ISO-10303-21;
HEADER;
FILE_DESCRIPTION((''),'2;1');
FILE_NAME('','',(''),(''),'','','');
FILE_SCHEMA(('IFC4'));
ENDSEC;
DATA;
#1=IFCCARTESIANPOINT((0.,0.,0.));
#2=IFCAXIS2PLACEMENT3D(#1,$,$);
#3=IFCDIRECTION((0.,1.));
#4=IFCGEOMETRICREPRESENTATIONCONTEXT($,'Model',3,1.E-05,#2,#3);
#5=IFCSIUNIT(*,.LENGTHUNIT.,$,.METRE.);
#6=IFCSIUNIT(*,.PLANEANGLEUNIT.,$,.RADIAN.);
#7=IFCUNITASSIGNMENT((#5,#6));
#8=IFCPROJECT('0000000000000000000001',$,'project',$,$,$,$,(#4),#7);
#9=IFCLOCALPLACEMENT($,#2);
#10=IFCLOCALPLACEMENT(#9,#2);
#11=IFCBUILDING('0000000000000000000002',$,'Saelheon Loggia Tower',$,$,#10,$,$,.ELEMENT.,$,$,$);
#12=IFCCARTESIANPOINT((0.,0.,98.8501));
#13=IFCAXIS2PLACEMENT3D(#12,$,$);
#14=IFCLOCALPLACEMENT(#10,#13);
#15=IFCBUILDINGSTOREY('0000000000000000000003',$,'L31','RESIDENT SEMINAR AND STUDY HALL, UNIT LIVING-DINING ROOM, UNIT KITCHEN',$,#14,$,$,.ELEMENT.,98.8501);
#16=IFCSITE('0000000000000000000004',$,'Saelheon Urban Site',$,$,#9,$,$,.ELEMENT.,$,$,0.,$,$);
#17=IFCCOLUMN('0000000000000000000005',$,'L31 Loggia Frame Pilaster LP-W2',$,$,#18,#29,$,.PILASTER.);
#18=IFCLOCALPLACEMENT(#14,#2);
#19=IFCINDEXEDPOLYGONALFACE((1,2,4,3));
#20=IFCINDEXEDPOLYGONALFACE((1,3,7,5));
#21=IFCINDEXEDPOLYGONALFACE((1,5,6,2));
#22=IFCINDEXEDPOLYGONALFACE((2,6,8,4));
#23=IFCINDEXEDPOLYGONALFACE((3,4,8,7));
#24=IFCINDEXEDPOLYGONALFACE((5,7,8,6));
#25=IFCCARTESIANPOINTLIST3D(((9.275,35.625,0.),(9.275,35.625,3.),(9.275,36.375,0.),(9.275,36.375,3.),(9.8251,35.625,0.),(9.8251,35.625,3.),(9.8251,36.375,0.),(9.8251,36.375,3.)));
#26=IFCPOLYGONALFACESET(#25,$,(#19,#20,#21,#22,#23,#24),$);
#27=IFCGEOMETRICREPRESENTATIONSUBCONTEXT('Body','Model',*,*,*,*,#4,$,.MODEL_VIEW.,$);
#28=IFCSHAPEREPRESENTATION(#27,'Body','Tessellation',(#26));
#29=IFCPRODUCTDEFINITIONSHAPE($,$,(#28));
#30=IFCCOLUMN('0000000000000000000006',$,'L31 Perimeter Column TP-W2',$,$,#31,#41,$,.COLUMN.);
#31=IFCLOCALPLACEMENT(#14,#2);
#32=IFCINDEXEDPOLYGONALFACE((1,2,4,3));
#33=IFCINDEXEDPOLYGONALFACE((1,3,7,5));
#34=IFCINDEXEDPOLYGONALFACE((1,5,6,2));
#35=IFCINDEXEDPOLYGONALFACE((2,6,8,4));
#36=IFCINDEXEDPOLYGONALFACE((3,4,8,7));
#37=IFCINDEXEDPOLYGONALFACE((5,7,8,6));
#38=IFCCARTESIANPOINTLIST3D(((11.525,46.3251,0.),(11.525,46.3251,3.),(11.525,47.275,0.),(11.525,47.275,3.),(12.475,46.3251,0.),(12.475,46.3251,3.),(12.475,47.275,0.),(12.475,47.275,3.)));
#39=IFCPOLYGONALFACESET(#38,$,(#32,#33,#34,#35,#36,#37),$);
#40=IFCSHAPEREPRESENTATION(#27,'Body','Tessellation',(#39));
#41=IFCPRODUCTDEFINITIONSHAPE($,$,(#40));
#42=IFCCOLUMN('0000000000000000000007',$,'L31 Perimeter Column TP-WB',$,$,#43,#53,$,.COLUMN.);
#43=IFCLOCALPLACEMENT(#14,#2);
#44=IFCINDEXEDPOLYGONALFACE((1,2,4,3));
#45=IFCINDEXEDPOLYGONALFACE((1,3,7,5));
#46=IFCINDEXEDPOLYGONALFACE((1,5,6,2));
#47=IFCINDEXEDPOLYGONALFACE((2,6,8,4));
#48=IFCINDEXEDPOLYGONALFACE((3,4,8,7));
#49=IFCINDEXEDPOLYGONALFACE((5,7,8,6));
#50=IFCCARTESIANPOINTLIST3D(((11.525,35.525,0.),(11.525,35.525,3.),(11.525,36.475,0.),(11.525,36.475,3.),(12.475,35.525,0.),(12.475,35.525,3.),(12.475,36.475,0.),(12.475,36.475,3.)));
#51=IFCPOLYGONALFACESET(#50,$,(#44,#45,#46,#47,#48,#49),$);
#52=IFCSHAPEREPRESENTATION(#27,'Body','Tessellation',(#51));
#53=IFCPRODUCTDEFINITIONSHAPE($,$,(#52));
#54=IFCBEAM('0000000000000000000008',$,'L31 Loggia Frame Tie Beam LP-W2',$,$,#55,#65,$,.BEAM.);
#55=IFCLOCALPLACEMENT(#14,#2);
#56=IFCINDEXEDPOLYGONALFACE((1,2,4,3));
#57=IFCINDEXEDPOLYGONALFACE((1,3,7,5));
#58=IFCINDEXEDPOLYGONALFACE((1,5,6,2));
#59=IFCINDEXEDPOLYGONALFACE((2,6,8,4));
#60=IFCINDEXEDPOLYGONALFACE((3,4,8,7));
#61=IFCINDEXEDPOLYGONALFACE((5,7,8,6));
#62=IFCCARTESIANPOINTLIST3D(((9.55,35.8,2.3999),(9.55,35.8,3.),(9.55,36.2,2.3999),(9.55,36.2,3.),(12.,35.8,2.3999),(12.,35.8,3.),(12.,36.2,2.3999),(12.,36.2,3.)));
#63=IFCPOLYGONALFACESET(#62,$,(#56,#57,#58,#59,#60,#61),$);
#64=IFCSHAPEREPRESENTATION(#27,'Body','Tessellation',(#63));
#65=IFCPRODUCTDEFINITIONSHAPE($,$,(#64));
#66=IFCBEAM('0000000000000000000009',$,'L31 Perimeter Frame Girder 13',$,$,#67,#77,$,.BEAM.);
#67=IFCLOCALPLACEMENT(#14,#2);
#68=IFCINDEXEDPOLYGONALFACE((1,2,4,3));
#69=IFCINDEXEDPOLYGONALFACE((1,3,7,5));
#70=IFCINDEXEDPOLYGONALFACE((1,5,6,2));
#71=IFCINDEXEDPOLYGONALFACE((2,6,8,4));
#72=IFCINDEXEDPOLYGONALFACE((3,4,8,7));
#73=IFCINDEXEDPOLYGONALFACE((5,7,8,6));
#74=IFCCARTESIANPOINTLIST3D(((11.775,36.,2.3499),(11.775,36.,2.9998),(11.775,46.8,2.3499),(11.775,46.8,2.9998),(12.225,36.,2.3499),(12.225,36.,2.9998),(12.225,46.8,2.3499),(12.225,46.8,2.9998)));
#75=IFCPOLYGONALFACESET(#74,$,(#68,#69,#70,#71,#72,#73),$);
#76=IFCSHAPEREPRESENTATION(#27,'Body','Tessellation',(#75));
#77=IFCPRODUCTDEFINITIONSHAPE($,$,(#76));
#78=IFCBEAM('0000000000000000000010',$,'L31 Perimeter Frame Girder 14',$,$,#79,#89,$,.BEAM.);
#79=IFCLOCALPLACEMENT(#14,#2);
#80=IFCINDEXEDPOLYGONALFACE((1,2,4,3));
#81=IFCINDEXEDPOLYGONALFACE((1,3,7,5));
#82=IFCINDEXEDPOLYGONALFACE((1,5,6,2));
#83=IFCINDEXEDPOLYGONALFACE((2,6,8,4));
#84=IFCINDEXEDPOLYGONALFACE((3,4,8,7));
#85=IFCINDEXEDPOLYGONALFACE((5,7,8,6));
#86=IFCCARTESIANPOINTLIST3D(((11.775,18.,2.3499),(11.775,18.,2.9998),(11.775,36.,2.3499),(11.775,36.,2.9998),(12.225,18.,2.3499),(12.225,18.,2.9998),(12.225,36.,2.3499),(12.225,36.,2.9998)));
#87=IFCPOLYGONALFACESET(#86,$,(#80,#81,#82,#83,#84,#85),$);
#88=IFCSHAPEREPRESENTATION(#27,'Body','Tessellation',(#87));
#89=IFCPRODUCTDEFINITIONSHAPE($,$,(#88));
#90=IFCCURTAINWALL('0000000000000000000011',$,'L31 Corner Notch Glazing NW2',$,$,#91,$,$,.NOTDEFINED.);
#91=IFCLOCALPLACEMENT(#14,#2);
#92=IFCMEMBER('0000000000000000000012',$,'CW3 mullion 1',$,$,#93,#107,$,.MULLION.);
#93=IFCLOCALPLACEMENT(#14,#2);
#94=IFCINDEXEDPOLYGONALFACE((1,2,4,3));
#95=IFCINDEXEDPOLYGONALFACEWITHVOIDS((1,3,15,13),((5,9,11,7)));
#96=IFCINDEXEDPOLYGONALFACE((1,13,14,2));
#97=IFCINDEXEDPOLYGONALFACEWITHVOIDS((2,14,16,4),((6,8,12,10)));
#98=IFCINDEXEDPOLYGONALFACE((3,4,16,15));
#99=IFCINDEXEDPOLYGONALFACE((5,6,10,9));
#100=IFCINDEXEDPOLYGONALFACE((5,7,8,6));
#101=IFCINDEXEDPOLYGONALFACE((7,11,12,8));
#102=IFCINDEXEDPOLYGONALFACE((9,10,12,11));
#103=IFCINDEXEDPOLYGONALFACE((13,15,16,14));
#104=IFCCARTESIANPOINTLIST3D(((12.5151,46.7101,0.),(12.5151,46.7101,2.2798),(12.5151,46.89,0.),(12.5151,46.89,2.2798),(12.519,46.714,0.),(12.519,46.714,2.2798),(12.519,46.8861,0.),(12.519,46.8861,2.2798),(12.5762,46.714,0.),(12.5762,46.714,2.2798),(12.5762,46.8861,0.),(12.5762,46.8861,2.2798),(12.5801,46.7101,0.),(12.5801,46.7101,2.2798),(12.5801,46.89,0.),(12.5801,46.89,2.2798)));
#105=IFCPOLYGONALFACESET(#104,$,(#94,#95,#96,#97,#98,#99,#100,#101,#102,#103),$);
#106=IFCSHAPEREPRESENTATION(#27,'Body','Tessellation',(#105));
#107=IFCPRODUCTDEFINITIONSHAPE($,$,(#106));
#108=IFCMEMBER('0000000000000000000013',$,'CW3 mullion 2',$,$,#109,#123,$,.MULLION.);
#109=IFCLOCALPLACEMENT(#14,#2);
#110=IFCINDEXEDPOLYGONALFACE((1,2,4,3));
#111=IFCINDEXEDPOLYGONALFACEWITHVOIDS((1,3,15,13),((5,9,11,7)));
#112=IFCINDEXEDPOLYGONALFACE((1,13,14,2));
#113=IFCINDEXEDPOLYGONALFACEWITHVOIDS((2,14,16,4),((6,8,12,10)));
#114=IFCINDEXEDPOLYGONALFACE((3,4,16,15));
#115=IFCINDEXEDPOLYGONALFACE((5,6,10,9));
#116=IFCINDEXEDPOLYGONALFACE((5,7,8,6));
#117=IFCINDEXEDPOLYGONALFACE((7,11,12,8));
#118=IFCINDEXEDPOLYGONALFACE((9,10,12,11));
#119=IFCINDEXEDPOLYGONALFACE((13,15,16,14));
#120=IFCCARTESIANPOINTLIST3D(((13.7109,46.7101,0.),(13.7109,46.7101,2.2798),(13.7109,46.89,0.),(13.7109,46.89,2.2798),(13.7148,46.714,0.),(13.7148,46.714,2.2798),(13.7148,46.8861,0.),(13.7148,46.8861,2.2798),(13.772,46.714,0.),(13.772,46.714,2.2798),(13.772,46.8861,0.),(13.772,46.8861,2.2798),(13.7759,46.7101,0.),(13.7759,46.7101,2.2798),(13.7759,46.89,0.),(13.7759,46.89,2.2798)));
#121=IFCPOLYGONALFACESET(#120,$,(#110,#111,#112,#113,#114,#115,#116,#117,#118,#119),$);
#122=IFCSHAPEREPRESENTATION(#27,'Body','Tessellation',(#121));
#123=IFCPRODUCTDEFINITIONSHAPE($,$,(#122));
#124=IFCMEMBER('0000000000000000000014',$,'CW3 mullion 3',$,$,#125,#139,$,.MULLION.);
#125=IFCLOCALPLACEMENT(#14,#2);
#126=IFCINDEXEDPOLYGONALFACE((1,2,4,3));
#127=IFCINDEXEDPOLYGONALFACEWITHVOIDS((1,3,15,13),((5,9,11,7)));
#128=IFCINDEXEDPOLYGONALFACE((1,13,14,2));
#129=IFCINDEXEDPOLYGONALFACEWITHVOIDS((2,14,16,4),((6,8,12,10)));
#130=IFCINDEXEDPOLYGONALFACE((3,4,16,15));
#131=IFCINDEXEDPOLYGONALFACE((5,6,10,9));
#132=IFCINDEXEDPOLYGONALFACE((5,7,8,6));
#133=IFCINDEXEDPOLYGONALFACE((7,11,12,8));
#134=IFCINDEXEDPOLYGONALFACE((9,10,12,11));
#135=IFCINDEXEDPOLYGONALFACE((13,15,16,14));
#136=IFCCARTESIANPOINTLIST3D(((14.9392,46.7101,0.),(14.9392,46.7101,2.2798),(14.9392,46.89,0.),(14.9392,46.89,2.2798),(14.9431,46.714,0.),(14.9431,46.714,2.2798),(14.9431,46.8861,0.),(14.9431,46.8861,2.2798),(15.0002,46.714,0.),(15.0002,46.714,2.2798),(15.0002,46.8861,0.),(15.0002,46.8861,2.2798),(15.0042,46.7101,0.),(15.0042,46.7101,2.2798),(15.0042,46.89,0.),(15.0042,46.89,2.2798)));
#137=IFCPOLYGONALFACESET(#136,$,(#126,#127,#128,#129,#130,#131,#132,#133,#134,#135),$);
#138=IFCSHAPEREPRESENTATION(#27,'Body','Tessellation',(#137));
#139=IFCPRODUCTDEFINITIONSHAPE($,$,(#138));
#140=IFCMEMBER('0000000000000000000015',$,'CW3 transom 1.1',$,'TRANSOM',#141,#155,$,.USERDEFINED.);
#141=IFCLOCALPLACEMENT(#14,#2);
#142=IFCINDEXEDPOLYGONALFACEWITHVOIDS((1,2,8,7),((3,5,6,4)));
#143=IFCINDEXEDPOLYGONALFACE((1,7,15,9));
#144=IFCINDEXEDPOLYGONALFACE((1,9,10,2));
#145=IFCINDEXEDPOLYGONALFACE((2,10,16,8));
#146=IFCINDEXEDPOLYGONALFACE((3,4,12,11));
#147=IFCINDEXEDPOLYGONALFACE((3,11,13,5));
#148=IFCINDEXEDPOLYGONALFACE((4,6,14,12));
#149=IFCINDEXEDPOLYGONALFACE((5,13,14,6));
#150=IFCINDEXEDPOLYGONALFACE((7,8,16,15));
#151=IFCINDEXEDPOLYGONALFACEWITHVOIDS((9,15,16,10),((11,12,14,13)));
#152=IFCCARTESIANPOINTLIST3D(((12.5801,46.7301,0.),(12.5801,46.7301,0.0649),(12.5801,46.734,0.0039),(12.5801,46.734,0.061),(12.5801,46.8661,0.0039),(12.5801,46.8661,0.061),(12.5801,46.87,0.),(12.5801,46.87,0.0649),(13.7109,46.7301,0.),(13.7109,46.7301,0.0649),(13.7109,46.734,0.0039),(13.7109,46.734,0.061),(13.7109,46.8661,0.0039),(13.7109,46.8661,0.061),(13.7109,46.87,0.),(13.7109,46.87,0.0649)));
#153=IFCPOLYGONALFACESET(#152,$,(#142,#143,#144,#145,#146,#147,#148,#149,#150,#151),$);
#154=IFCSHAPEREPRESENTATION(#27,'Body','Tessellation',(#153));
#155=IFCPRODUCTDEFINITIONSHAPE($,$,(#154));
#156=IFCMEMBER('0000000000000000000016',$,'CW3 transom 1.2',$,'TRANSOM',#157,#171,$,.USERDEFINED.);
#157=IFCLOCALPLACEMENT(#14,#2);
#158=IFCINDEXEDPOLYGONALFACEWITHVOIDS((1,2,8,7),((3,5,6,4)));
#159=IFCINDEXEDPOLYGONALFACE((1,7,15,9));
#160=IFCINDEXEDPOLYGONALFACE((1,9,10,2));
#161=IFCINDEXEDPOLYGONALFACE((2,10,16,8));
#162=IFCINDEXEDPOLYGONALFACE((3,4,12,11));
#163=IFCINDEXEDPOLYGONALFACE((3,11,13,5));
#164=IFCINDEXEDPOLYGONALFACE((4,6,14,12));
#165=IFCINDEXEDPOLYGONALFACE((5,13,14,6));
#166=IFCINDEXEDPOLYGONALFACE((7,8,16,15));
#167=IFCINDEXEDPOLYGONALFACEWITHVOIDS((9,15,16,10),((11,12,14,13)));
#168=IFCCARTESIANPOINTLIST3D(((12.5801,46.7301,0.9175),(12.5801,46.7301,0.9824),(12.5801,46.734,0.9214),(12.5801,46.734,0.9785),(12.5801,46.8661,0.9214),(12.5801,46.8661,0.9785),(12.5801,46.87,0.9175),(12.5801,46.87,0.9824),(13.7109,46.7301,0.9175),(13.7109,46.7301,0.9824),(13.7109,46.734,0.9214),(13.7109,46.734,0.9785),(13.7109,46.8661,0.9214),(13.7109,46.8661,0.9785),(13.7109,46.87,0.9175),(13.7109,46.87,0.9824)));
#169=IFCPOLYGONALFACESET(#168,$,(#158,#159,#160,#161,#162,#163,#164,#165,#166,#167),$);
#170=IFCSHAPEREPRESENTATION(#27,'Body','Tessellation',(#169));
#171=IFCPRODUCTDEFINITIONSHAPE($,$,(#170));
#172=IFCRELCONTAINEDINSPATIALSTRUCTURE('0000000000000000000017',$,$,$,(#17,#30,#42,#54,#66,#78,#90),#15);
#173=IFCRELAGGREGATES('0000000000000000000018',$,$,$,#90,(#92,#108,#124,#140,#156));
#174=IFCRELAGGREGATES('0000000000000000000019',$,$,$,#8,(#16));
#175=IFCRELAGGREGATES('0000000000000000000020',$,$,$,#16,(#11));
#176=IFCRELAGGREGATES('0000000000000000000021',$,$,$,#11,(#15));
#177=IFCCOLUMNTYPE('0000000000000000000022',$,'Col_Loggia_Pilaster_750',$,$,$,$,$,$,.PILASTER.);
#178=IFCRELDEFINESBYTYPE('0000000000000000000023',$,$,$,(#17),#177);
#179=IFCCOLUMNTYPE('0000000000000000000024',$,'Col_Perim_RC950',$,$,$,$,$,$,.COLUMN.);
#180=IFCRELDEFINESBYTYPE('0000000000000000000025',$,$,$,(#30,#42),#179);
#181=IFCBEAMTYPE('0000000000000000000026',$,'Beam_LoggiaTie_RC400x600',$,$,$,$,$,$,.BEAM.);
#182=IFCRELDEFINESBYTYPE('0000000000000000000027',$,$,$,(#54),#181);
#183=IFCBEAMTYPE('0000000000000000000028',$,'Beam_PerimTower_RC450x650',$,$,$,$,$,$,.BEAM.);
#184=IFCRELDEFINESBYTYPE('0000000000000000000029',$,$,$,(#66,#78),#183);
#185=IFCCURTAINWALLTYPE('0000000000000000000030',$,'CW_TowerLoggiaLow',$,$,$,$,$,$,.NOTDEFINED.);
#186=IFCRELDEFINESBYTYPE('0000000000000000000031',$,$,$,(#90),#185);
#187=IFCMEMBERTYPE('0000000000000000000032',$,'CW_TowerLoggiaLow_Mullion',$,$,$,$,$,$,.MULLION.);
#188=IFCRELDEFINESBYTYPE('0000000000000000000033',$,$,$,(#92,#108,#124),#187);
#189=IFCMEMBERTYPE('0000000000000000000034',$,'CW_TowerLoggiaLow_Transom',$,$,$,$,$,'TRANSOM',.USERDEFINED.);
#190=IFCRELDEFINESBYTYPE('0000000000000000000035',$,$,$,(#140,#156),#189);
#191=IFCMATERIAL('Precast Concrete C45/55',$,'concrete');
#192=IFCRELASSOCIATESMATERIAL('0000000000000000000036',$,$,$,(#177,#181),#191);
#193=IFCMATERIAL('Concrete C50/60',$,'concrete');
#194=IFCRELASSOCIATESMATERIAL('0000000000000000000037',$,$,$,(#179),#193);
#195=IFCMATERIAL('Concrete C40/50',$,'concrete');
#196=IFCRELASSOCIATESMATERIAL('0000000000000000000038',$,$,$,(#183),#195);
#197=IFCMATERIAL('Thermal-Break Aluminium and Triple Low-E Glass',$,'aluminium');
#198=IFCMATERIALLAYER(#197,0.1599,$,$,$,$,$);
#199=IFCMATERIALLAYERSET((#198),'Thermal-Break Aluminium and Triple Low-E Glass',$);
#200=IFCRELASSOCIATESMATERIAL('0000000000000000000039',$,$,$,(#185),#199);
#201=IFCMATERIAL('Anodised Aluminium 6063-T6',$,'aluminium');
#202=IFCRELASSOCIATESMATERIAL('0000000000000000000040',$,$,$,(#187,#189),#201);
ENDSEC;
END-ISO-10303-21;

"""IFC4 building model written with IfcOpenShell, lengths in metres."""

from ifc_helpers import new_model, si_unit, direction, frame, origin, origin_2d, place, context, subcontext, project, spatial, rectangle, hollow_rectangle, extrude, source, transform, mapped, material, layer, layer_set, material_profile, profile_set, type_object, element, aggregate, save


model = new_model("IFC4")

# Units and contexts
model_context = context("Model", 3, precision=1e-05, world=origin(), true_north=direction((0.0, 1.0)))
body_context = subcontext(model_context, "Body", "Model", "MODEL_VIEW")
ifc_project = project(units=[si_unit("LENGTHUNIT", "METRE"), si_unit("PLANEANGLEUNIT", "RADIAN")], contexts=[model_context])

# Site, building, storey
site_placement = place(None, origin())
site = spatial("IfcSite", under=ifc_project, at=site_placement, Name="Saelheon Urban Site", CompositionType="ELEMENT", RefElevation=0.0)
building_placement = place(site_placement, origin())
building = spatial("IfcBuilding", under=site, at=building_placement, Name="Saelheon Loggia Tower", CompositionType="ELEMENT")
storey_placement = place(building_placement, frame((0.0, 0.0, 98.8501)))
storey = spatial("IfcBuildingStorey", under=building, at=storey_placement, Name="L31", Description="RESIDENT SEMINAR AND STUDY HALL, UNIT LIVING-DINING ROOM, UNIT KITCHEN", CompositionType="ELEMENT", Elevation=98.8501)

# Columns
ifc_material_1 = material(Name="Precast Concrete C45/55", Category="concrete")
ifc_material_profile_1 = material_profile(ifc_material_1, rectangle(XDim=0.55, YDim=0.75, at=origin_2d()), Name="RC-550x750")
ifc_profile_set_1 = profile_set([ifc_material_profile_1], Name="Precast Concrete C45/55")
column_type_1 = type_object("IfcColumnType", Name="Col_Loggia_Pilaster_750", PredefinedType="PILASTER", material=ifc_profile_set_1)
shared_shape_1 = source(origin(), body_context, "Body", "SweptSolid", [
    extrude(rectangle(XDim=0.55, YDim=0.75, at=origin_2d()), origin(), (0.0, 0.0, 1.0), 3.0),
])
column_placement = place(storey_placement, frame((9.55, 36.0, 0.0), z_axis=(0.0, 0.0, 1.0), x_axis=(1.0, 0.0, 0.0)))
element("IfcColumn", 1, at=column_placement, inside=storey, type_object=column_type_1, Name="L31 Loggia Frame Pilaster LP-W2", PredefinedType="PILASTER", context=body_context, shape_type="MappedRepresentation", body=[
    mapped(shared_shape_1, transform((0.0, 0.0, 0.0), scale=1.0)),
])
ifc_material_2 = material(Name="Concrete C50/60", Category="concrete")
ifc_material_profile_2 = material_profile(ifc_material_2, rectangle(XDim=0.95, YDim=0.95, at=origin_2d()), Name="RC-950x950")
ifc_profile_set_2 = profile_set([ifc_material_profile_2], Name="Concrete C50/60")
column_type_2 = type_object("IfcColumnType", Name="Col_Perim_RC950", PredefinedType="COLUMN", material=ifc_profile_set_2)
shared_shape_2 = source(origin(), body_context, "Body", "SweptSolid", [
    extrude(rectangle(XDim=0.95, YDim=0.95, at=origin_2d()), origin(), (0.0, 0.0, 1.0), 3.0),
])
for number, where, z_axis, x_axis, name in (
    (2, (12.0, 46.8, 0.0), (0.0, 0.0, 1.0), (1.0, 0.0, 0.0), "L31 Perimeter Column TP-W2"),
    (3, (12.0, 36.0, 0.0), (0.0, 0.0, 1.0), (1.0, 0.0, 0.0), "L31 Perimeter Column TP-WB"),
):
    element("IfcColumn", number, at=place(storey_placement, frame(where, z_axis=z_axis, x_axis=x_axis)), inside=storey, type_object=column_type_2, Name=name, PredefinedType="COLUMN", context=body_context, shape_type="MappedRepresentation", body=[
        mapped(shared_shape_2, transform((0.0, 0.0, 0.0), scale=1.0)),
    ])

# Beams
ifc_material_profile_3 = material_profile(ifc_material_1, rectangle(XDim=0.3999, YDim=0.6001, at=origin_2d()), Name="RC-400x600")
ifc_profile_set_3 = profile_set([ifc_material_profile_3], Name="Precast Concrete C45/55")
beam_type_1 = type_object("IfcBeamType", Name="Beam_LoggiaTie_RC400x600", PredefinedType="BEAM", material=ifc_profile_set_3)
shared_shape_3 = source(origin(), body_context, "Body", "SweptSolid", [
    extrude(rectangle(XDim=0.3999, YDim=0.6001, at=origin_2d()), origin(), (0.0, 0.0, 1.0), 2.45),
])
beam_1_placement = place(storey_placement, frame((12.0, 36.0, 2.7), z_axis=(-1.0, 0.0, 0.0), x_axis=(0.0, -1.0, 0.0)))
element("IfcBeam", 4, at=beam_1_placement, inside=storey, type_object=beam_type_1, Name="L31 Loggia Frame Tie Beam LP-W2", PredefinedType="BEAM", context=body_context, shape_type="MappedRepresentation", body=[
    mapped(shared_shape_3, transform((0.0, 0.0, 0.0), scale=1.0)),
])
ifc_material_3 = material(Name="Concrete C40/50", Category="concrete")
ifc_material_profile_4 = material_profile(ifc_material_3, rectangle(XDim=0.45, YDim=0.6499, at=origin_2d()), Name="RC-450x650")
ifc_profile_set_4 = profile_set([ifc_material_profile_4], Name="Concrete C40/50")
beam_type_2 = type_object("IfcBeamType", Name="Beam_PerimTower_RC450x650", PredefinedType="BEAM", material=ifc_profile_set_4)
shared_shape_4 = source(origin(), body_context, "Body", "SweptSolid", [
    extrude(rectangle(XDim=0.45, YDim=0.6499, at=origin_2d()), origin(), (0.0, 0.0, 1.0), 10.8),
])
beam_2_placement = place(storey_placement, frame((12.0, 46.8, 2.6748), z_axis=(0.0, -1.0, 0.0), x_axis=(1.0, 0.0, 0.0)))
element("IfcBeam", 5, at=beam_2_placement, inside=storey, type_object=beam_type_2, Name="L31 Perimeter Frame Girder 13", PredefinedType="BEAM", context=body_context, shape_type="MappedRepresentation", body=[
    mapped(shared_shape_4, transform((0.0, 0.0, 0.0), scale=1.0)),
])
shared_shape_5 = source(origin(), body_context, "Body", "SweptSolid", [
    extrude(rectangle(XDim=0.45, YDim=0.6499, at=origin_2d()), origin(), (0.0, 0.0, 1.0), 18.0),
])
beam_3_placement = place(storey_placement, frame((12.0, 36.0, 2.6748), z_axis=(0.0, -1.0, 0.0), x_axis=(1.0, 0.0, 0.0)))
element("IfcBeam", 6, at=beam_3_placement, inside=storey, type_object=beam_type_2, Name="L31 Perimeter Frame Girder 14", PredefinedType="BEAM", context=body_context, shape_type="MappedRepresentation", body=[
    mapped(shared_shape_5, transform((0.0, 0.0, 0.0), scale=1.0)),
])

# Curtain wall, members
ifc_material_4 = material(Name="Thermal-Break Aluminium and Triple Low-E Glass", Category="aluminium")
ifc_layer_1 = layer(ifc_material_4, 0.1599)
ifc_layer_set_1 = layer_set([ifc_layer_1], Name="Thermal-Break Aluminium and Triple Low-E Glass")
curtain_wall_type = type_object("IfcCurtainWallType", Name="CW_TowerLoggiaLow", PredefinedType="NOTDEFINED", material=ifc_layer_set_1)
curtain_wall_placement = place(storey_placement, origin())
curtain_wall = element("IfcCurtainWall", 7, at=curtain_wall_placement, inside=storey, type_object=curtain_wall_type, Name="L31 Corner Notch Glazing NW2", PredefinedType="NOTDEFINED")
ifc_material_5 = material(Name="Anodised Aluminium 6063-T6", Category="aluminium")
ifc_material_profile_5 = material_profile(ifc_material_5, hollow_rectangle(XDim=0.0649, YDim=0.1799, WallThickness=0.0039, at=origin_2d()), Name="RHS-180x65x4")
ifc_profile_set_5 = profile_set([ifc_material_profile_5], Name="Anodised Aluminium 6063-T6")
member_type_1 = type_object("IfcMemberType", Name="CW_TowerLoggiaLow_Mullion", PredefinedType="MULLION", material=ifc_profile_set_5)
shared_shape_6 = source(origin(), body_context, "Body", "SweptSolid", [
    extrude(hollow_rectangle(XDim=0.0649, YDim=0.1799, WallThickness=0.0039, at=origin_2d()), origin(), (0.0, 0.0, 1.0), 2.2798),
])
member_1_placement = place(storey_placement, frame((12.5476, 46.8, 0.0), z_axis=(0.0, 0.0, 1.0), x_axis=(1.0, 0.0, 0.0)))
member_1 = element("IfcMember", 8, at=member_1_placement, type_object=member_type_1, Name="CW3 mullion 1", PredefinedType="MULLION", context=body_context, shape_type="MappedRepresentation", body=[
    mapped(shared_shape_6, transform((0.0, 0.0, 0.0), scale=1.0)),
])
member_2_placement = place(storey_placement, frame((13.7434, 46.8, 0.0), z_axis=(0.0, 0.0, 1.0), x_axis=(1.0, 0.0, 0.0)))
member_2 = element("IfcMember", 9, at=member_2_placement, type_object=member_type_1, Name="CW3 mullion 2", PredefinedType="MULLION", context=body_context, shape_type="MappedRepresentation", body=[
    mapped(shared_shape_6, transform((0.0, 0.0, 0.0), scale=1.0)),
])
member_3_placement = place(storey_placement, frame((14.9717, 46.8, 0.0), z_axis=(0.0, 0.0, 1.0), x_axis=(1.0, 0.0, 0.0)))
member_3 = element("IfcMember", 10, at=member_3_placement, type_object=member_type_1, Name="CW3 mullion 3", PredefinedType="MULLION", context=body_context, shape_type="MappedRepresentation", body=[
    mapped(shared_shape_6, transform((0.0, 0.0, 0.0), scale=1.0)),
])
ifc_material_profile_6 = material_profile(ifc_material_5, hollow_rectangle(XDim=0.0649, YDim=0.1399, WallThickness=0.0039, at=origin_2d()), Name="RHS-140x65x4")
ifc_profile_set_6 = profile_set([ifc_material_profile_6], Name="Anodised Aluminium 6063-T6")
member_type_2 = type_object("IfcMemberType", Name="CW_TowerLoggiaLow_Transom", ElementType="TRANSOM", PredefinedType="USERDEFINED", material=ifc_profile_set_6)
shared_shape_7 = source(origin(), body_context, "Body", "SweptSolid", [
    extrude(hollow_rectangle(XDim=0.0649, YDim=0.1399, WallThickness=0.0039, at=origin_2d()), origin(), (0.0, 0.0, 1.0), 1.1309),
])
member_4_placement = place(storey_placement, frame((12.5801, 46.8, 0.0325), z_axis=(1.0, 0.0, 0.0), x_axis=(0.0, 0.0, 1.0)))
member_4 = element("IfcMember", 11, at=member_4_placement, type_object=member_type_2, Name="CW3 transom 1.1", ObjectType="TRANSOM", PredefinedType="USERDEFINED", context=body_context, shape_type="MappedRepresentation", body=[
    mapped(shared_shape_7, transform((0.0, 0.0, 0.0), scale=1.0)),
])
member_5_placement = place(storey_placement, frame((12.5801, 46.8, 0.95), z_axis=(1.0, 0.0, 0.0), x_axis=(0.0, 0.0, 1.0)))
member_5 = element("IfcMember", 12, at=member_5_placement, type_object=member_type_2, Name="CW3 transom 1.2", ObjectType="TRANSOM", PredefinedType="USERDEFINED", context=body_context, shape_type="MappedRepresentation", body=[
    mapped(shared_shape_7, transform((0.0, 0.0, 0.0), scale=1.0)),
])
aggregate(curtain_wall, [member_1, member_2, member_3, member_4, member_5])

save(model, "model.ifc")
